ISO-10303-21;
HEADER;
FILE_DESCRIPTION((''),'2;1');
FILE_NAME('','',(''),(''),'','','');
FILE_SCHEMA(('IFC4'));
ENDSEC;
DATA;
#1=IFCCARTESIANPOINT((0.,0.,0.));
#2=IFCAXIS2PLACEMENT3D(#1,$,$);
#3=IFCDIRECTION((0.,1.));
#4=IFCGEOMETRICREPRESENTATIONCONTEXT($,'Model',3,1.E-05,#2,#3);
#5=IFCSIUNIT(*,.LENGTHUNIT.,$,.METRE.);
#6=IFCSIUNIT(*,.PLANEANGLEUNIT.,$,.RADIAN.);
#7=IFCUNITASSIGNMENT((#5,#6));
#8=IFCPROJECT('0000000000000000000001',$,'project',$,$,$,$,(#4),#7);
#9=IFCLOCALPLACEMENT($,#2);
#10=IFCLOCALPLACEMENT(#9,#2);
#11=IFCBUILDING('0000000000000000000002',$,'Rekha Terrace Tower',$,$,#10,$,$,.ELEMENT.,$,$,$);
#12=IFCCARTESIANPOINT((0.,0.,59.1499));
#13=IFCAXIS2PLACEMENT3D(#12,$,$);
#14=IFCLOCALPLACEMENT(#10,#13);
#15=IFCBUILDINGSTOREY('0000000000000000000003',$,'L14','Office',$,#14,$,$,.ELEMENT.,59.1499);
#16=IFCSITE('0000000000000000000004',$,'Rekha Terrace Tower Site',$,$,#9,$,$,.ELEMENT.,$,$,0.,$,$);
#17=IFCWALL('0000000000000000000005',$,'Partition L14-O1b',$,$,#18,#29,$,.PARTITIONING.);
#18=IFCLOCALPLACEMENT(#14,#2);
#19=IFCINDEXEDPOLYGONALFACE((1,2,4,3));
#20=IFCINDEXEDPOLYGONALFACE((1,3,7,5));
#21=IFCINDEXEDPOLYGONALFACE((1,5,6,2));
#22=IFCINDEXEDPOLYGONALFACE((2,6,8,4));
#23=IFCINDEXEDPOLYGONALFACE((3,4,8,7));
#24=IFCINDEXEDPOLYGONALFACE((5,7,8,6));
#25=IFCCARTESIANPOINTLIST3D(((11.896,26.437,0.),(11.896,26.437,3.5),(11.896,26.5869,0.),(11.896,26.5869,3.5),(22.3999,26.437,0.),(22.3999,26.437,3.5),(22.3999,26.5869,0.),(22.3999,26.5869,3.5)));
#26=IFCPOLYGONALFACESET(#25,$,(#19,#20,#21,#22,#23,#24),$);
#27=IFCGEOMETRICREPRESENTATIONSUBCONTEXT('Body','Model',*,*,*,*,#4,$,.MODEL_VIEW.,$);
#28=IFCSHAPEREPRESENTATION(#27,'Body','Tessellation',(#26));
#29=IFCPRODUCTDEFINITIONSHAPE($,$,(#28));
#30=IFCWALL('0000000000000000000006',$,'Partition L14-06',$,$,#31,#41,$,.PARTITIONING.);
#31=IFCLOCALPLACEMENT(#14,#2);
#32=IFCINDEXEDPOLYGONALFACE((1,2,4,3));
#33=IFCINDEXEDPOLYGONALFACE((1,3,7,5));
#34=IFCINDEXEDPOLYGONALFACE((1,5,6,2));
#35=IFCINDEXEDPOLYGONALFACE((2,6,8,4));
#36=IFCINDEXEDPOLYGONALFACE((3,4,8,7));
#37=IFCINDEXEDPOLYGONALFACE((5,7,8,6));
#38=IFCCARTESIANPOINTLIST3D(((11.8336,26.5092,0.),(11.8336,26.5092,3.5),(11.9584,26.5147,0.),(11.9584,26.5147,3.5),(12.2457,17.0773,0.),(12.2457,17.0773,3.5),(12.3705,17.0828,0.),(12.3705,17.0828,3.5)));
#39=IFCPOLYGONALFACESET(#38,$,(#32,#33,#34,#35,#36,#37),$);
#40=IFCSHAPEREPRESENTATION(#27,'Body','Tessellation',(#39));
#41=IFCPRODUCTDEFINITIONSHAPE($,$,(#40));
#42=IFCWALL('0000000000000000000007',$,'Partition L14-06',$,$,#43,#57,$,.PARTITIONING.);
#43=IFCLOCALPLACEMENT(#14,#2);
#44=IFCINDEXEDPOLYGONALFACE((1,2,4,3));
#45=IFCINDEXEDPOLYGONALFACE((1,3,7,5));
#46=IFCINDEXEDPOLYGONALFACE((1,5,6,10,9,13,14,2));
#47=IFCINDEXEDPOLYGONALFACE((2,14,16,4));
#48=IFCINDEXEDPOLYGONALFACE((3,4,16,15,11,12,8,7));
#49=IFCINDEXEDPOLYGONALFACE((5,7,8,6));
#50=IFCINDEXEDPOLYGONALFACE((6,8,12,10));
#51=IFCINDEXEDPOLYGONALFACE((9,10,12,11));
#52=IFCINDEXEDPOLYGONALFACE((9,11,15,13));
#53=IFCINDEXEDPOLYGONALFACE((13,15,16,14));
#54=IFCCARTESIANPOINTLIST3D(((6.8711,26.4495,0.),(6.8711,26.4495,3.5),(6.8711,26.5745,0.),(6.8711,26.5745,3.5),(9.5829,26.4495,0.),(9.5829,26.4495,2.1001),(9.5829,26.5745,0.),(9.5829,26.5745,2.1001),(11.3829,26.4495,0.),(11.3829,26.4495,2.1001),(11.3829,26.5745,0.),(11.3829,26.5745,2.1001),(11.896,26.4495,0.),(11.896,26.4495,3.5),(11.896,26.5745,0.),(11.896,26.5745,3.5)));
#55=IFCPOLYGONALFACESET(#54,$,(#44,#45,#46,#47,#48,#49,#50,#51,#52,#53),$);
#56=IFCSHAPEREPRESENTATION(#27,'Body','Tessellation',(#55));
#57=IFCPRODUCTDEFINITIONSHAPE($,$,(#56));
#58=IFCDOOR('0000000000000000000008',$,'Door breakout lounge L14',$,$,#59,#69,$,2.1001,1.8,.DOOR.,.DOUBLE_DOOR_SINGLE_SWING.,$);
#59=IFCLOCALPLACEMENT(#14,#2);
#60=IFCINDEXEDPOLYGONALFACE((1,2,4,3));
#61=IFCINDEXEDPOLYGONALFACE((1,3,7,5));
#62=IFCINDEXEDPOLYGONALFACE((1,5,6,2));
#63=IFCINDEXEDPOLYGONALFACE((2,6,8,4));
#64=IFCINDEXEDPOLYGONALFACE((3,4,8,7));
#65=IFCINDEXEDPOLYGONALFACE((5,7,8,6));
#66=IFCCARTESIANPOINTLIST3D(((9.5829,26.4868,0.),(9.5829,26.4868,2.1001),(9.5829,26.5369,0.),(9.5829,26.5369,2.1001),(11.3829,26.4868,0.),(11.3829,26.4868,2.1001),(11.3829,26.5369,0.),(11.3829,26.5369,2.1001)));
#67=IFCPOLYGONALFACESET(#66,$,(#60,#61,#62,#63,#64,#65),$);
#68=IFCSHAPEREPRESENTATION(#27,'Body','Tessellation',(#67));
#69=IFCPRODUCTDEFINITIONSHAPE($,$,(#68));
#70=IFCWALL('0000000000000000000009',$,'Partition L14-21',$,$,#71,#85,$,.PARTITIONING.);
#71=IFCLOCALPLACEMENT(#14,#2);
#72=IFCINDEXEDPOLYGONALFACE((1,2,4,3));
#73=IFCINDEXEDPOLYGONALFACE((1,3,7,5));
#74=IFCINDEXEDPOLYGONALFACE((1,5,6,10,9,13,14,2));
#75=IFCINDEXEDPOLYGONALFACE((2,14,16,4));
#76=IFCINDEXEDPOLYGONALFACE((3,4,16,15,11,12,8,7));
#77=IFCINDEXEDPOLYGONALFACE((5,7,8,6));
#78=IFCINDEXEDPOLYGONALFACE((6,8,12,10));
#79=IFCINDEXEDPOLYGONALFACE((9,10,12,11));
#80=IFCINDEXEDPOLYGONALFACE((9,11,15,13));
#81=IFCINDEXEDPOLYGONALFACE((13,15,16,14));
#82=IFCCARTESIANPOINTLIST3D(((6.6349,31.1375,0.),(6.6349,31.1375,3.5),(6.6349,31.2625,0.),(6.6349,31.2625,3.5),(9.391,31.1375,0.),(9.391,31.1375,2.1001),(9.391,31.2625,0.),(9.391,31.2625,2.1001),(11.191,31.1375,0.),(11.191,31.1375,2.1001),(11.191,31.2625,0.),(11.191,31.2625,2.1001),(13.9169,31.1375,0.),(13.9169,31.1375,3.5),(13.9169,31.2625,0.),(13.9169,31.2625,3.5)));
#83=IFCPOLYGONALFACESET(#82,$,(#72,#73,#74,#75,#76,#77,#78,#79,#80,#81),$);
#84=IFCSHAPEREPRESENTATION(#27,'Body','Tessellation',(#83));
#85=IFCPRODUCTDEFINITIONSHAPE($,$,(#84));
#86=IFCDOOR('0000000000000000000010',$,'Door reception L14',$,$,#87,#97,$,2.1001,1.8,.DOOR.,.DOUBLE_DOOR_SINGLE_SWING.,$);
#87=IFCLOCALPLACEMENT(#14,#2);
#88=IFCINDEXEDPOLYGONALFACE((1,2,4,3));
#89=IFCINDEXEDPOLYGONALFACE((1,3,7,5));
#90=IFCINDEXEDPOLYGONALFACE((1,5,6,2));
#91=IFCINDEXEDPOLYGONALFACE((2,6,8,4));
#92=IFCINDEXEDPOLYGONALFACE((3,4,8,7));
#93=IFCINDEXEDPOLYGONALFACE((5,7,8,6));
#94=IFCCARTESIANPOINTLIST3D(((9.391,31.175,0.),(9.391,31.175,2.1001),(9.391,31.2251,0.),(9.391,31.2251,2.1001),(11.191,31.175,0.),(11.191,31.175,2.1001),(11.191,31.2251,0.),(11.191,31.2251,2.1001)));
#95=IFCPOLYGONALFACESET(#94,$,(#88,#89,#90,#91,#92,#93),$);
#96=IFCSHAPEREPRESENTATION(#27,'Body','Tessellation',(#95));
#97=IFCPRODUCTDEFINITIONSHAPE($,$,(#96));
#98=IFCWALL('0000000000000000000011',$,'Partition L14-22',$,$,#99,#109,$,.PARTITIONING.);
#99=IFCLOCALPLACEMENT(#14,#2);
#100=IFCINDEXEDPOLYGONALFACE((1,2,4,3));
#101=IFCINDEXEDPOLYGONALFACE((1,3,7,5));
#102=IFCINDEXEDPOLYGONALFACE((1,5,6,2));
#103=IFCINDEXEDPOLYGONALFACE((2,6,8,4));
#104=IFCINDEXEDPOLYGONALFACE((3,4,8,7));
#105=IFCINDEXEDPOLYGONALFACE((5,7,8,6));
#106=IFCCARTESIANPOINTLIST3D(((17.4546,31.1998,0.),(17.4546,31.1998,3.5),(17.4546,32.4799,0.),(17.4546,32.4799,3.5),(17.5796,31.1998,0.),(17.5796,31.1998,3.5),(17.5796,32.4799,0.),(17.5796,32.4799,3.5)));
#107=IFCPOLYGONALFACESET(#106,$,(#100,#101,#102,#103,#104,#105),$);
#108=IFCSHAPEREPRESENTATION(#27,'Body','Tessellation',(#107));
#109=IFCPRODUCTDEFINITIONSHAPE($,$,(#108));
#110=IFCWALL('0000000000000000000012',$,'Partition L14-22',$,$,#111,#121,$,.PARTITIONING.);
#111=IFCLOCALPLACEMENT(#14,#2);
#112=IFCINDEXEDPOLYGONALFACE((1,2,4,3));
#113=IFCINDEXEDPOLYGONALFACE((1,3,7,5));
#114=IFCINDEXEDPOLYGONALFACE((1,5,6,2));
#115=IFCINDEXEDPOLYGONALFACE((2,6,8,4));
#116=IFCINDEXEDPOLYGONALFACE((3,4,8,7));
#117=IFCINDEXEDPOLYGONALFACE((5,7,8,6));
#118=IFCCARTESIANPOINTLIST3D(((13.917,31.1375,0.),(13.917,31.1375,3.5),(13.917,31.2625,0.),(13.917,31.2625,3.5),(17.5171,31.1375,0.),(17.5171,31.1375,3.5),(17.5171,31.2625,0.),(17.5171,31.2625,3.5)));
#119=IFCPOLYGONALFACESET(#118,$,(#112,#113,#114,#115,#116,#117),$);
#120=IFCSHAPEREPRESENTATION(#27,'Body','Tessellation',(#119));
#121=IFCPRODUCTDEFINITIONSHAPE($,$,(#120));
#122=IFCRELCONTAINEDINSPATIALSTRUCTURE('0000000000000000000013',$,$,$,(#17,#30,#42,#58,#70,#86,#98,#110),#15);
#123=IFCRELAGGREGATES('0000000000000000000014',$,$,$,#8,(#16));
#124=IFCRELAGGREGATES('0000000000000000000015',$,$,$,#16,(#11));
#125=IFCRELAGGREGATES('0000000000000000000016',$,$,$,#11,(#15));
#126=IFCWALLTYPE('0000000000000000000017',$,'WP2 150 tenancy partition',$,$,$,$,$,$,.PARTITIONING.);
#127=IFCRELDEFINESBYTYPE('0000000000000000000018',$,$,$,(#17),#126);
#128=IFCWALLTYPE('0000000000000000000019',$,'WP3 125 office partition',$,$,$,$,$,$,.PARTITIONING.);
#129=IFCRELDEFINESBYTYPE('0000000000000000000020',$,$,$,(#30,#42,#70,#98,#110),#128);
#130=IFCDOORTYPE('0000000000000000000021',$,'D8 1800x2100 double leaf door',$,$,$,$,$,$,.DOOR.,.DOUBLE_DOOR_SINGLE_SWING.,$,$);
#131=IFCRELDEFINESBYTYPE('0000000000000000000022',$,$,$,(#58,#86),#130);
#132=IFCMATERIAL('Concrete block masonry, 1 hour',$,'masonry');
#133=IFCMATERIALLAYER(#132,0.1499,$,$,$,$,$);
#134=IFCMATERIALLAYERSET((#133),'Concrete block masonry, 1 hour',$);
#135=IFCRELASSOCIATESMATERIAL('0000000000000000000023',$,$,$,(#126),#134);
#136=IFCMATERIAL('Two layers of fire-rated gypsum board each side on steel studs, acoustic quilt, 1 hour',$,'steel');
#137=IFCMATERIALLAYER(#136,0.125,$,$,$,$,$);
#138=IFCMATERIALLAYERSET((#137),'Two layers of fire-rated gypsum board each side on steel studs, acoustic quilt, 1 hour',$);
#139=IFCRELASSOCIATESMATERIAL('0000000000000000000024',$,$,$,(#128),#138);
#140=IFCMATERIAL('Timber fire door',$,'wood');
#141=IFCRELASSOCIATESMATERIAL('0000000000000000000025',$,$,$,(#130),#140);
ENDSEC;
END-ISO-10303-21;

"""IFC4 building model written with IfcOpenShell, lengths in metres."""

from ifc_helpers import new_model, si_unit, direction, frame, frame_2d, origin, place, context, subcontext, project, spatial, rectangle, extrude, material, layer, layer_set, type_object, element, fill, save


model = new_model("IFC4")

# Units and contexts
model_context = context("Model", 3, precision=1e-05, world=origin(), true_north=direction((0.0, 1.0)))
body_context = subcontext(model_context, "Body", "Model", "MODEL_VIEW")
ifc_project = project(units=[si_unit("LENGTHUNIT", "METRE"), si_unit("PLANEANGLEUNIT", "RADIAN")], contexts=[model_context])

# Site, building, storey
site_placement = place(None, origin())
site = spatial("IfcSite", under=ifc_project, at=site_placement, Name="Rekha Terrace Tower Site", CompositionType="ELEMENT", RefElevation=0.0)
building_placement = place(site_placement, origin())
building = spatial("IfcBuilding", under=site, at=building_placement, Name="Rekha Terrace Tower", CompositionType="ELEMENT")
storey_placement = place(building_placement, frame((0.0, 0.0, 59.1499)))
storey = spatial("IfcBuildingStorey", under=building, at=storey_placement, Name="L14", Description="Office", CompositionType="ELEMENT", Elevation=59.1499)

# Walls
ifc_material_1 = material(Name="Concrete block masonry, 1 hour", Category="masonry")
ifc_layer_1 = layer(ifc_material_1, 0.1499)
ifc_layer_set_1 = layer_set([ifc_layer_1], Name="Concrete block masonry, 1 hour")
wall_type_1 = type_object("IfcWallType", Name="WP2 150 tenancy partition", PredefinedType="PARTITIONING", material=ifc_layer_set_1)
wall_1_placement = place(storey_placement, frame((11.896, 26.512, 0.0), z_axis=(0.0, 0.0, 1.0), x_axis=(1.0, 0.0, 0.0)))
element("IfcWall", 1, at=wall_1_placement, inside=storey, type_object=wall_type_1, Name="Partition L14-O1b", PredefinedType="PARTITIONING", context=body_context, shape_type="SweptSolid", body=[
    extrude(rectangle(XDim=10.5039, YDim=0.1499, at=frame_2d((5.252, 0.0))), origin(), (0.0, 0.0, 1.0), 3.5),
])
ifc_material_2 = material(Name="Two layers of fire-rated gypsum board each side on steel studs, acoustic quilt, 1 hour", Category="steel")
ifc_layer_2 = layer(ifc_material_2, 0.125)
ifc_layer_set_2 = layer_set([ifc_layer_2], Name="Two layers of fire-rated gypsum board each side on steel studs, acoustic quilt, 1 hour")
wall_type_2 = type_object("IfcWallType", Name="WP3 125 office partition", PredefinedType="PARTITIONING", material=ifc_layer_set_2)
wall_2_placement = place(storey_placement, frame((11.896, 26.512, 0.0), z_axis=(0.0, 0.0, 1.0), x_axis=(0.043652, -0.999047, 0.0)))
element("IfcWall", 2, at=wall_2_placement, inside=storey, type_object=wall_type_2, Name="Partition L14-06", PredefinedType="PARTITIONING", context=body_context, shape_type="SweptSolid", body=[
    extrude(rectangle(XDim=9.4409, YDim=0.125, at=frame_2d((4.7205, 0.0))), origin(), (0.0, 0.0, 1.0), 3.5),
])

# Walls, openings, doors
wall_3_placement = place(storey_placement, frame((6.8711, 26.512, 0.0), z_axis=(0.0, 0.0, 1.0), x_axis=(1.0, 0.0, 0.0)))
wall_3 = element("IfcWall", 3, at=wall_3_placement, inside=storey, type_object=wall_type_2, Name="Partition L14-06", PredefinedType="PARTITIONING", context=body_context, shape_type="SweptSolid", body=[
    extrude(rectangle(XDim=5.0249, YDim=0.125, at=frame_2d((2.5125, 0.0))), origin(), (0.0, 0.0, 1.0), 3.5),
])
opening_1_placement = place(wall_3_placement, frame((2.7119, 0.0, 0.0)))
opening_1 = element("IfcOpeningElement", 4, at=opening_1_placement, cuts=wall_3, PredefinedType="OPENING", context=body_context, shape_type="SweptSolid", body=[
    extrude(rectangle(XDim=1.8, YDim=2.1001, at=frame_2d((0.8999, 1.05))), frame((0.0, 0.0725, 0.0), z_axis=(0.0, -1.0, 0.0), x_axis=(1.0, 0.0, 0.0)), (0.0, 0.0, 1.0), 0.145),
])
ifc_material_3 = material(Name="Timber fire door", Category="wood")
door_type = type_object("IfcDoorType", Name="D8 1800x2100 double leaf door", OperationType="DOUBLE_DOOR_SINGLE_SWING", PredefinedType="DOOR", material=ifc_material_3)
door_1_placement = place(opening_1_placement, origin())
door_1 = element("IfcDoor", 5, at=door_1_placement, inside=storey, type_object=door_type, Name="Door breakout lounge L14", OperationType="DOUBLE_DOOR_SINGLE_SWING", OverallHeight=2.1001, OverallWidth=1.8, PredefinedType="DOOR", context=body_context, shape_type="SweptSolid", body=[
    extrude(rectangle(XDim=1.8, YDim=2.1001, at=frame_2d((0.8999, 1.05))), frame((0.0, 0.0249, 0.0), z_axis=(0.0, -1.0, 0.0), x_axis=(1.0, 0.0, 0.0)), (0.0, 0.0, 1.0), 0.05),
])
fill(opening_1, door_1)
wall_4_placement = place(storey_placement, frame((13.917, 31.2, 0.0), z_axis=(0.0, 0.0, 1.0), x_axis=(-1.0, 0.0, 0.0)))
wall_4 = element("IfcWall", 6, at=wall_4_placement, inside=storey, type_object=wall_type_2, Name="Partition L14-21", PredefinedType="PARTITIONING", context=body_context, shape_type="SweptSolid", body=[
    extrude(rectangle(XDim=7.282, YDim=0.125, at=frame_2d((3.6411, 0.0))), origin(), (0.0, 0.0, 1.0), 3.5),
])
opening_2_placement = place(wall_4_placement, frame((2.7261, 0.0, 0.0)))
opening_2 = element("IfcOpeningElement", 7, at=opening_2_placement, cuts=wall_4, PredefinedType="OPENING", context=body_context, shape_type="SweptSolid", body=[
    extrude(rectangle(XDim=1.8, YDim=2.1001, at=frame_2d((0.8999, 1.05))), frame((0.0, 0.0725, 0.0), z_axis=(0.0, -1.0, 0.0), x_axis=(1.0, 0.0, 0.0)), (0.0, 0.0, 1.0), 0.145),
])
door_2_placement = place(opening_2_placement, origin())
door_2 = element("IfcDoor", 8, at=door_2_placement, inside=storey, type_object=door_type, Name="Door reception L14", OperationType="DOUBLE_DOOR_SINGLE_SWING", OverallHeight=2.1001, OverallWidth=1.8, PredefinedType="DOOR", context=body_context, shape_type="SweptSolid", body=[
    extrude(rectangle(XDim=1.8, YDim=2.1001, at=frame_2d((0.8999, 1.05))), frame((0.0, 0.0249, 0.0), z_axis=(0.0, -1.0, 0.0), x_axis=(1.0, 0.0, 0.0)), (0.0, 0.0, 1.0), 0.05),
])
fill(opening_2, door_2)

# Walls
wall_5_placement = place(storey_placement, frame((17.5171, 32.48, 0.0), z_axis=(0.0, 0.0, 1.0), x_axis=(0.0, -1.0, 0.0)))
element("IfcWall", 9, at=wall_5_placement, inside=storey, type_object=wall_type_2, Name="Partition L14-22", PredefinedType="PARTITIONING", context=body_context, shape_type="SweptSolid", body=[
    extrude(rectangle(XDim=1.28, YDim=0.125, at=frame_2d((0.6401, 0.0))), origin(), (0.0, 0.0, 1.0), 3.5),
])
wall_6_placement = place(storey_placement, frame((17.5171, 31.2, 0.0), z_axis=(0.0, 0.0, 1.0), x_axis=(-1.0, 0.0, 0.0)))
element("IfcWall", 10, at=wall_6_placement, inside=storey, type_object=wall_type_2, Name="Partition L14-22", PredefinedType="PARTITIONING", context=body_context, shape_type="SweptSolid", body=[
    extrude(rectangle(XDim=3.6001, YDim=0.125, at=frame_2d((1.8, 0.0))), origin(), (0.0, 0.0, 1.0), 3.5),
])

save(model, "model.ifc")
